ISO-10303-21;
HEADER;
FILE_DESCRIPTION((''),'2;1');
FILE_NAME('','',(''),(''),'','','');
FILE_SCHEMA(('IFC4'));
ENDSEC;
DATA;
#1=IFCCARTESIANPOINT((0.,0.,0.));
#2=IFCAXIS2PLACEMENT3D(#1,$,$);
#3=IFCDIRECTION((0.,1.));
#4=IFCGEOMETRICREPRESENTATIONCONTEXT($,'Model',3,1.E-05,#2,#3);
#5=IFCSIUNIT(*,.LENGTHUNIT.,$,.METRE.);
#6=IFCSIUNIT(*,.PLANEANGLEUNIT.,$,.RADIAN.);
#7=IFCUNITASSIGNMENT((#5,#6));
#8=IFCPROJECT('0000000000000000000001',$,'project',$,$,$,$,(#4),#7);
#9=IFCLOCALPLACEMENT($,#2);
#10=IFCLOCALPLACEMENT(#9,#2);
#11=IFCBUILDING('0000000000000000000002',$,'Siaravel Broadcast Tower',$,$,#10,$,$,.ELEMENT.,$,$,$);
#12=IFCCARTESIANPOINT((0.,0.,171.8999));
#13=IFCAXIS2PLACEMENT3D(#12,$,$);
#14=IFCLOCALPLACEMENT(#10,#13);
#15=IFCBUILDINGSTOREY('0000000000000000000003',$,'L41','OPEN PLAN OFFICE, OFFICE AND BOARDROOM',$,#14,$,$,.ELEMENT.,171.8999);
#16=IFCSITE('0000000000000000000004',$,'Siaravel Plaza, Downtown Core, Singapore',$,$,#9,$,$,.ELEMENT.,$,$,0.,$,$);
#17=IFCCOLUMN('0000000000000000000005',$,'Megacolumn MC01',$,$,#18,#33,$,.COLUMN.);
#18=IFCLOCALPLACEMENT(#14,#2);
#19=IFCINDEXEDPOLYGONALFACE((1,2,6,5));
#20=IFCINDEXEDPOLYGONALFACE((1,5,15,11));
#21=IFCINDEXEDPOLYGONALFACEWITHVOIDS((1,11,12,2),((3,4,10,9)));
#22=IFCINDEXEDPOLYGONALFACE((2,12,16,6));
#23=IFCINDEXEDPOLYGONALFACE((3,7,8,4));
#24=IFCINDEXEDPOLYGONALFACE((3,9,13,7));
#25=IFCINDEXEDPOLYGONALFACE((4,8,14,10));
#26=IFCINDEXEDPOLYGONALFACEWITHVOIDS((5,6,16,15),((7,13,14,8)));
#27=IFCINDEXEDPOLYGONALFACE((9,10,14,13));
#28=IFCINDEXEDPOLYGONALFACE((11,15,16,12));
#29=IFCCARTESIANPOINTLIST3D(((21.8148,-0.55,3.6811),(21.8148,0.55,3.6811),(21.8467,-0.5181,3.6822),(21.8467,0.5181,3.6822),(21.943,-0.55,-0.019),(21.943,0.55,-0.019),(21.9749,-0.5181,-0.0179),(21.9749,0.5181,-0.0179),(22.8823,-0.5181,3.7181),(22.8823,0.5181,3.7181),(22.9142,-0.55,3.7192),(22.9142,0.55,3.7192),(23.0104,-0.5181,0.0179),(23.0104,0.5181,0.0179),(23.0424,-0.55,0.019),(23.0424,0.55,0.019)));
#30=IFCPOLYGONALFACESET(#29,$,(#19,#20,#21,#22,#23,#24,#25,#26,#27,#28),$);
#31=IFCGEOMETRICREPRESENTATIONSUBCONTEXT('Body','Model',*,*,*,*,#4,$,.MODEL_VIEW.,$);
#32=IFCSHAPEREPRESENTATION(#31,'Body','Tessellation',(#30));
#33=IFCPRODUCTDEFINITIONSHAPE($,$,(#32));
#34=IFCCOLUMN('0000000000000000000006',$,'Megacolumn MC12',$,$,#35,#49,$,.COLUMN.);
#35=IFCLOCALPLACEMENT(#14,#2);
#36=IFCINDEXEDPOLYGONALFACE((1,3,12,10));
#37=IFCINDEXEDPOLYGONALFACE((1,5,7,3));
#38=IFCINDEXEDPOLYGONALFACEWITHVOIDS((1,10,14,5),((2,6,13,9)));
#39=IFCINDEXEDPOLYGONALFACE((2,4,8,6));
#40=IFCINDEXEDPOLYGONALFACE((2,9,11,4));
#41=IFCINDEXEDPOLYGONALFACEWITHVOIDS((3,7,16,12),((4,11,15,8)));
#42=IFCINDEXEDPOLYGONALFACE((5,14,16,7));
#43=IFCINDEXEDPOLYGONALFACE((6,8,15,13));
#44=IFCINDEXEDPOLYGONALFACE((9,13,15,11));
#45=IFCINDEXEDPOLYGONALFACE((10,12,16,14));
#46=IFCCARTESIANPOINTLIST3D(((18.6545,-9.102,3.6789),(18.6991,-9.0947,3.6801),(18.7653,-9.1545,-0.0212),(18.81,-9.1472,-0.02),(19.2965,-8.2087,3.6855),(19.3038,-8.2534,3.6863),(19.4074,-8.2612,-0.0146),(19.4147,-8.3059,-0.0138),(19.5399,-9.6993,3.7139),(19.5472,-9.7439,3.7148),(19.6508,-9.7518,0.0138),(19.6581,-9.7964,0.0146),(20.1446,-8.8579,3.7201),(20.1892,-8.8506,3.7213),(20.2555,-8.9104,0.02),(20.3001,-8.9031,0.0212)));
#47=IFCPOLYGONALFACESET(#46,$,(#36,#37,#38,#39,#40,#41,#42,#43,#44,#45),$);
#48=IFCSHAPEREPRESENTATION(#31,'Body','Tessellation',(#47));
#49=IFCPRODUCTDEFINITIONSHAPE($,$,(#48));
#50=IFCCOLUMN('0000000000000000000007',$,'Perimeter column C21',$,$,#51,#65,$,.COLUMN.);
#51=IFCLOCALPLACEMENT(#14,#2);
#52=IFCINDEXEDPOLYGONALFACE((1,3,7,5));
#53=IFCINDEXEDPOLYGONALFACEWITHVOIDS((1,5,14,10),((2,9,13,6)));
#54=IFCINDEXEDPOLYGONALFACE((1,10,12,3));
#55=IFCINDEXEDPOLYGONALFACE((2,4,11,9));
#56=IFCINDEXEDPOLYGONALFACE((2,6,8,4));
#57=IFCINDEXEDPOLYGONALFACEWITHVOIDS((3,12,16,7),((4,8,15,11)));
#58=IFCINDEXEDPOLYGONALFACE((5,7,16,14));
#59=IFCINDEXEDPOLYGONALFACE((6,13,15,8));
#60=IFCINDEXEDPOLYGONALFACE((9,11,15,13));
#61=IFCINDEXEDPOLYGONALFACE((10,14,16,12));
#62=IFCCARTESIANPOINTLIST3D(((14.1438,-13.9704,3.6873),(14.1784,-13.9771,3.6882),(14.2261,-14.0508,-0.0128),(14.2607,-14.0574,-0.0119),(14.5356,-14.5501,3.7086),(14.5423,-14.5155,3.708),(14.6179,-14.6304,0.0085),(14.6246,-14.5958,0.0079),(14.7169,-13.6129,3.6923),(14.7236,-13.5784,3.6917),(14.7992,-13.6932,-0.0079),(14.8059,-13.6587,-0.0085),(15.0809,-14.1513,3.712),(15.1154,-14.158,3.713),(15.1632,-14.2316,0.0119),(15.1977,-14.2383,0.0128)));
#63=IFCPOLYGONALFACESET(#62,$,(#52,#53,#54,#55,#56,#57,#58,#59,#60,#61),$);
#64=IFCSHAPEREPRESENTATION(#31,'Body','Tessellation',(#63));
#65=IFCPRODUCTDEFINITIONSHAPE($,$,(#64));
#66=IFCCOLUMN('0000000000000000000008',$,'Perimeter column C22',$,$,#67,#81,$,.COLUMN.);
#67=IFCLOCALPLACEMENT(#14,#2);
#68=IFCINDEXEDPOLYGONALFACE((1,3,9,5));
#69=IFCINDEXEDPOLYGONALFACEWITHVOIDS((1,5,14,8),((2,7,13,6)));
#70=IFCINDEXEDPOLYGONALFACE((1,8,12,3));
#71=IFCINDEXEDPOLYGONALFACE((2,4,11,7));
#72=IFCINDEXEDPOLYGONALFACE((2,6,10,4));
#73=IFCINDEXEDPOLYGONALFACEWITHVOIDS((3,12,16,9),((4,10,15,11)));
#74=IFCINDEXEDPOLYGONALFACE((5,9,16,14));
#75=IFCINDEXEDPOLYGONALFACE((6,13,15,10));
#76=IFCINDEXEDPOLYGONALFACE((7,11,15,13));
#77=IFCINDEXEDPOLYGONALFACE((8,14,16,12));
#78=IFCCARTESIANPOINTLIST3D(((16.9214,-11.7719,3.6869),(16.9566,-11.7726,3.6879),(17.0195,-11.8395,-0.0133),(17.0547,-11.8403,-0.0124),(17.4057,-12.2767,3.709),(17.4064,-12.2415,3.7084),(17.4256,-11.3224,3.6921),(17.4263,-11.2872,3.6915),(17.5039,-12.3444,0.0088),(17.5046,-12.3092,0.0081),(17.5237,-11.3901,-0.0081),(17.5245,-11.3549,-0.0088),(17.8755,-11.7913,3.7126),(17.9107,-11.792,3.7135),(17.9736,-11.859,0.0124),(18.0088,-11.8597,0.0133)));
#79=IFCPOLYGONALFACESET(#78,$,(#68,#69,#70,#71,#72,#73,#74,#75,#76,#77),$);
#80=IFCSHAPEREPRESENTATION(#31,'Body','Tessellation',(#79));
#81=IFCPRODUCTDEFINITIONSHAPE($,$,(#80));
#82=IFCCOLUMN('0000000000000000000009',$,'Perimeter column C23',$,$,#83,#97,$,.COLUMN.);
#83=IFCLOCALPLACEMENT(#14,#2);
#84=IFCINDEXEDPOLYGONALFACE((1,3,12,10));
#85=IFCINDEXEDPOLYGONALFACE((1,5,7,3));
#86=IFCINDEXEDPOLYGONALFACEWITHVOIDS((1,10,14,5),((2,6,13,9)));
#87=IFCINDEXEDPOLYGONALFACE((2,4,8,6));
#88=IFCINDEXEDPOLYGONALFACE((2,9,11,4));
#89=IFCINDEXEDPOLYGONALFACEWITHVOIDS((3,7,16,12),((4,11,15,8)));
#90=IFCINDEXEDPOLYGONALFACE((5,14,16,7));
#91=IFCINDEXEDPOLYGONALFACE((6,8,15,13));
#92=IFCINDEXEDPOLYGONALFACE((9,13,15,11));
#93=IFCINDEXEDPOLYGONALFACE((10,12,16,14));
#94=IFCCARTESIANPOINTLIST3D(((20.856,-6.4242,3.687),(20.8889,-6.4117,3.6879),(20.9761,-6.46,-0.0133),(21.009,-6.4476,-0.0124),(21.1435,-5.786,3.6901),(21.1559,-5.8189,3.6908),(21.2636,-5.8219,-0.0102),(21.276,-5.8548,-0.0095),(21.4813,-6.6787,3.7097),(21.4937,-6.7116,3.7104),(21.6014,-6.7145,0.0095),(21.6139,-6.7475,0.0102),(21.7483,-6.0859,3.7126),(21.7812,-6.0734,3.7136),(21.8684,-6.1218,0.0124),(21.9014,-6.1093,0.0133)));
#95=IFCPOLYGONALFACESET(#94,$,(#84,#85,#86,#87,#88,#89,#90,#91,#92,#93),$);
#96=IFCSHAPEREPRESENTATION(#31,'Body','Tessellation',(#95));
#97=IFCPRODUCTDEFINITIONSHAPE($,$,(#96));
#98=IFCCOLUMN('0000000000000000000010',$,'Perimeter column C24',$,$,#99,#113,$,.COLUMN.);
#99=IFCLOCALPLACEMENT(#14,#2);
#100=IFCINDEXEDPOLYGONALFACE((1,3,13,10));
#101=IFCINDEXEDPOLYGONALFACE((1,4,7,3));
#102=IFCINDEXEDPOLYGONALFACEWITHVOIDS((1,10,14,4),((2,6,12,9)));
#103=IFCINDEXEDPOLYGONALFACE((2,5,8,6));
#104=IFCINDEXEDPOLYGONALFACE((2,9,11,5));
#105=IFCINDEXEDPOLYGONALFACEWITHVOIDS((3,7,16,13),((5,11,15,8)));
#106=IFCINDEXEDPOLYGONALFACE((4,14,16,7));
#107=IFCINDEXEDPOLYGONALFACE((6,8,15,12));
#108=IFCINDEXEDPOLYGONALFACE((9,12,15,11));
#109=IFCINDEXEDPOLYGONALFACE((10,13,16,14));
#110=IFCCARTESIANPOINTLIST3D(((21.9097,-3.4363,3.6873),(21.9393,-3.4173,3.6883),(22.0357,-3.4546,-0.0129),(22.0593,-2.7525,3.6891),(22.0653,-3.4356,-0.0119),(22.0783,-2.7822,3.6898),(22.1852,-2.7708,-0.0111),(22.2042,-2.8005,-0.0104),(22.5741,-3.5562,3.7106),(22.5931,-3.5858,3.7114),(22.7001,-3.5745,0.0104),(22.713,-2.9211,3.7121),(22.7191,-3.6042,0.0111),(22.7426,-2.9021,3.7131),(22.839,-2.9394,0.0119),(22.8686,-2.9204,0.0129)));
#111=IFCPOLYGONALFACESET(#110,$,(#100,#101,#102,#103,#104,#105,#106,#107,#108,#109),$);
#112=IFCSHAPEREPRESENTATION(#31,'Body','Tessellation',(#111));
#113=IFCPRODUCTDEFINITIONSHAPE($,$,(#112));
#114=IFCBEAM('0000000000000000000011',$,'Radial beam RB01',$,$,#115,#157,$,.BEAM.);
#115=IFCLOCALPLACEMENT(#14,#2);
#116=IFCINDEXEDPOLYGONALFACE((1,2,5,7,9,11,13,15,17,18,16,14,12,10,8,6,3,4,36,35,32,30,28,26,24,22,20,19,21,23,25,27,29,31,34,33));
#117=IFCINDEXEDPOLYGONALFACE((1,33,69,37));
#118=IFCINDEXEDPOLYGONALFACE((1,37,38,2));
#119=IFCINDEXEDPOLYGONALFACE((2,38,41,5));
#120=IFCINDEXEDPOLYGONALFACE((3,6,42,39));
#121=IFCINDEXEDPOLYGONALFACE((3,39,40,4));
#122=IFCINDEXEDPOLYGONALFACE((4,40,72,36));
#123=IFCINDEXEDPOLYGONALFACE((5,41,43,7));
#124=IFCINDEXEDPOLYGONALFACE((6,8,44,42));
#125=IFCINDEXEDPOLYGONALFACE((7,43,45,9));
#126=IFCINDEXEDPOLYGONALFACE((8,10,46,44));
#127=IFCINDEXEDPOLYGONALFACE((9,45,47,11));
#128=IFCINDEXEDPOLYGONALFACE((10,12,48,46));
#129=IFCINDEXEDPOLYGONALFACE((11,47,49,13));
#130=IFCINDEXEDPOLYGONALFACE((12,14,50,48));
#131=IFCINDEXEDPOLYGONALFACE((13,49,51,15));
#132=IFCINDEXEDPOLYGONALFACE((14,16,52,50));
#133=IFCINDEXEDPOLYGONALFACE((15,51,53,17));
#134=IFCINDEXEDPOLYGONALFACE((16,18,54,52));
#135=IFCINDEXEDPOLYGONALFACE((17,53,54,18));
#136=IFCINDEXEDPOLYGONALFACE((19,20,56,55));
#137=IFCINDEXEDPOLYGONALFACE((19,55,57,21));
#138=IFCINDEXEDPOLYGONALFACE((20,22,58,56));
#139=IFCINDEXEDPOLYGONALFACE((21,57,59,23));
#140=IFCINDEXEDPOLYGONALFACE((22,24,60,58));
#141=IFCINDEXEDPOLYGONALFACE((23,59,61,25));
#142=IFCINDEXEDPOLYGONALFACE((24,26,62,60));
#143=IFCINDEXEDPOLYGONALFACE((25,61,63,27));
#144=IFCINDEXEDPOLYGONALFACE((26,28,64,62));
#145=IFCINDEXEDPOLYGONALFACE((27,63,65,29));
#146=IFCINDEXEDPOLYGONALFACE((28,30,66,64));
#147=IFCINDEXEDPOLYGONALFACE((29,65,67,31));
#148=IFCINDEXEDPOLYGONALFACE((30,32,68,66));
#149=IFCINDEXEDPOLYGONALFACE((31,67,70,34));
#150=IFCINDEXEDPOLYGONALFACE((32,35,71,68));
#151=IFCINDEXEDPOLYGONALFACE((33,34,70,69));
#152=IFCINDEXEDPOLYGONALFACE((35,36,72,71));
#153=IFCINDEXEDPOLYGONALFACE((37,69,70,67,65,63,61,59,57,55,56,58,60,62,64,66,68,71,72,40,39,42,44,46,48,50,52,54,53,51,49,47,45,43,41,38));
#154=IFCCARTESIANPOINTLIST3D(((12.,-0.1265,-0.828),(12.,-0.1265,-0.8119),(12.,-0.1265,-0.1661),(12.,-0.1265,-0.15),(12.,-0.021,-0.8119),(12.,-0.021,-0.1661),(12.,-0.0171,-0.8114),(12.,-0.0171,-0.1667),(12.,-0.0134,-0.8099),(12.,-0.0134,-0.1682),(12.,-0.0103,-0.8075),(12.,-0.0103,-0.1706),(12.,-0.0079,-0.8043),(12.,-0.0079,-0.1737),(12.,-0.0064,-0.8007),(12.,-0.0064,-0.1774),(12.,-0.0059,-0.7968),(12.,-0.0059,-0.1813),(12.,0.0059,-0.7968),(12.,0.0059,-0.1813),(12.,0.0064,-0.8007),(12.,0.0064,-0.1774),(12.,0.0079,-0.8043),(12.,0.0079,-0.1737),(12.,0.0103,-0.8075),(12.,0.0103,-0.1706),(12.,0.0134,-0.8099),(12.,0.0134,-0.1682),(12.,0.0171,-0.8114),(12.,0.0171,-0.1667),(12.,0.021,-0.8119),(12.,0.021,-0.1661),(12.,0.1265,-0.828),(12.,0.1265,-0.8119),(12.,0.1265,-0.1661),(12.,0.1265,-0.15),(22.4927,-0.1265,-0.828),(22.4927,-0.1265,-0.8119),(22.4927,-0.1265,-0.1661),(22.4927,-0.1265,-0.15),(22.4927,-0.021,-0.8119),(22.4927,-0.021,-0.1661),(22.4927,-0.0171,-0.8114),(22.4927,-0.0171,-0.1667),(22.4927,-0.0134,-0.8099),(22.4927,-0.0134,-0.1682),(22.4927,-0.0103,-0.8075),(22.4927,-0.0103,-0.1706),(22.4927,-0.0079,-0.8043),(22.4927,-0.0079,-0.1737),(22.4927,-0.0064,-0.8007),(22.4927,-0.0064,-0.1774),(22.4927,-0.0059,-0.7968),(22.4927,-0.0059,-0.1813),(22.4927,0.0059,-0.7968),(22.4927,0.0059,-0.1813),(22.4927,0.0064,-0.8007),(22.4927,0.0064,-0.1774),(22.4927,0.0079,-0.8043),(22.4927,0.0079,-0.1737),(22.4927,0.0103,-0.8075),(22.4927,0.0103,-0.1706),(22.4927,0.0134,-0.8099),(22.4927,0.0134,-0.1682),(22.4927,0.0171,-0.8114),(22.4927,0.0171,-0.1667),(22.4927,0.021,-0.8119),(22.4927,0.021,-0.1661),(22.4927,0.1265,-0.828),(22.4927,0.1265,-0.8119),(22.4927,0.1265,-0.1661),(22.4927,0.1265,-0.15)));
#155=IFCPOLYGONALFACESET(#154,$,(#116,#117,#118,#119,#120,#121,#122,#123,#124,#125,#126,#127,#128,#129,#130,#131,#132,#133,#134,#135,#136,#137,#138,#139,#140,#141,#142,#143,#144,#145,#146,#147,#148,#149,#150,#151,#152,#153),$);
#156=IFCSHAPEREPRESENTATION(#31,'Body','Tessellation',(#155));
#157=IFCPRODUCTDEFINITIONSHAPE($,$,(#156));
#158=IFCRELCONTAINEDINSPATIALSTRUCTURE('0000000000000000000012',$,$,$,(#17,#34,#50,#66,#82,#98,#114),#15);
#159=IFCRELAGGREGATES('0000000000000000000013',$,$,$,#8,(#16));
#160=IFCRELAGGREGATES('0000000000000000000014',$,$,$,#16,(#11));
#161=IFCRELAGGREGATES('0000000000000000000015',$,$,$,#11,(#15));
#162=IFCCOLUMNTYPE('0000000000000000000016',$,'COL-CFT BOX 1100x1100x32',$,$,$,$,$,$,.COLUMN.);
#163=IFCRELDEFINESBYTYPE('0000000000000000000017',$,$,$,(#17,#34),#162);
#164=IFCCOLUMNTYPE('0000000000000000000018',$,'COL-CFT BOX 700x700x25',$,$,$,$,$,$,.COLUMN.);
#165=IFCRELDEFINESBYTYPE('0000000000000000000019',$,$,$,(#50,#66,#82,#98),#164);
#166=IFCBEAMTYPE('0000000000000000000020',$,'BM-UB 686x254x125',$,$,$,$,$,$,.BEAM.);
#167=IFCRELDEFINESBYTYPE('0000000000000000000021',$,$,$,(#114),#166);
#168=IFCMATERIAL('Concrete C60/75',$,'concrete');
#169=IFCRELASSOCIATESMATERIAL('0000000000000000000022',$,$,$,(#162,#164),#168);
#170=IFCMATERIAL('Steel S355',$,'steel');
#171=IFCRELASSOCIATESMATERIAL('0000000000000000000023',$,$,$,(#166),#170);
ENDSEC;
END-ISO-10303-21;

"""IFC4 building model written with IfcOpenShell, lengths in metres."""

from ifc_helpers import new_model, si_unit, direction, frame, origin, origin_2d, place, context, subcontext, project, spatial, hollow_rectangle, i_section, extrude, material, material_profile, profile_set, type_object, element, save


model = new_model("IFC4")

# Units and contexts
model_context = context("Model", 3, precision=1e-05, world=origin(), true_north=direction((0.0, 1.0)))
body_context = subcontext(model_context, "Body", "Model", "MODEL_VIEW")
ifc_project = project(units=[si_unit("LENGTHUNIT", "METRE"), si_unit("PLANEANGLEUNIT", "RADIAN")], contexts=[model_context])

# Site, building, storey
site_placement = place(None, origin())
site = spatial("IfcSite", under=ifc_project, at=site_placement, Name="Siaravel Plaza, Downtown Core, Singapore", CompositionType="ELEMENT", RefElevation=0.0)
building_placement = place(site_placement, origin())
building = spatial("IfcBuilding", under=site, at=building_placement, Name="Siaravel Broadcast Tower", CompositionType="ELEMENT")
storey_placement = place(building_placement, frame((0.0, 0.0, 171.8999)))
storey = spatial("IfcBuildingStorey", under=building, at=storey_placement, Name="L41", Description="OPEN PLAN OFFICE, OFFICE AND BOARDROOM", CompositionType="ELEMENT", Elevation=171.8999)

# Columns
ifc_material_1 = material(Name="Concrete C60/75", Category="concrete")
ifc_material_profile_1 = material_profile(ifc_material_1, hollow_rectangle(XDim=1.1001, YDim=1.1001, WallThickness=0.032, at=origin_2d()))
ifc_profile_set_1 = profile_set([ifc_material_profile_1], Name="Concrete C60/75")
column_type_1 = type_object("IfcColumnType", Name="COL-CFT BOX 1100x1100x32", PredefinedType="COLUMN", material=ifc_profile_set_1)
column_1_placement = place(storey_placement, frame((22.4927, 0.0, 0.0), z_axis=(-0.034619, 0.0, 0.999401), x_axis=(0.0, -1.0, 0.0)))
element("IfcColumn", 1, at=column_1_placement, inside=storey, type_object=column_type_1, Name="Megacolumn MC01", PredefinedType="COLUMN", context=body_context, shape_type="SweptSolid", body=[
    extrude(hollow_rectangle(XDim=1.1001, YDim=1.1001, WallThickness=0.032, at=origin_2d()), origin(), (0.0, 0.0, 1.0), 3.7024),
])
column_2_placement = place(storey_placement, frame((19.5327, -9.0288, 0.0), z_axis=(-0.029939, 0.014178, 0.999451), x_axis=(-0.583604, -0.812016, -0.005963)))
element("IfcColumn", 2, at=column_2_placement, inside=storey, type_object=column_type_1, Name="Megacolumn MC12", PredefinedType="COLUMN", context=body_context, shape_type="SweptSolid", body=[
    extrude(hollow_rectangle(XDim=1.1001, YDim=1.1001, WallThickness=0.032, at=origin_2d()), origin(), (0.0, 0.0, 1.0), 3.7021),
])
ifc_material_profile_2 = material_profile(ifc_material_1, hollow_rectangle(XDim=0.7, YDim=0.7, WallThickness=0.0249, at=origin_2d()))
ifc_profile_set_2 = profile_set([ifc_material_profile_2], Name="Concrete C60/75")
column_type_2 = type_object("IfcColumnType", Name="COL-CFT BOX 700x700x25", PredefinedType="COLUMN", material=ifc_profile_set_2)
column_3_placement = place(storey_placement, frame((14.7119, -14.1445, 0.0), z_axis=(-0.022225, 0.021697, 0.999518), x_axis=(-0.828351, -0.560175, -0.006259)))
element("IfcColumn", 3, at=column_3_placement, inside=storey, type_object=column_type_2, Name="Perimeter column C21", PredefinedType="COLUMN", context=body_context, shape_type="SweptSolid", body=[
    extrude(hollow_rectangle(XDim=0.7, YDim=0.7, WallThickness=0.0249, at=origin_2d()), origin(), (0.0, 0.0, 1.0), 3.7019),
])
column_4_placement = place(storey_placement, frame((17.5142, -11.8496, 0.0), z_axis=(-0.02651, 0.018267, 0.999482), x_axis=(-0.72142, -0.692467, -0.006479)))
element("IfcColumn", 4, at=column_4_placement, inside=storey, type_object=column_type_2, Name="Perimeter column C22", PredefinedType="COLUMN", context=body_context, shape_type="SweptSolid", body=[
    extrude(hollow_rectangle(XDim=0.7, YDim=0.7, WallThickness=0.0249, at=origin_2d()), origin(), (0.0, 0.0, 1.0), 3.7021),
])
for number, where, z_axis, x_axis, name in (
    (5, (21.4387, -6.2847, 0.0), (-0.032444, 0.009694, 0.999427), (-0.410727, -0.911747, -0.00449), "Perimeter column C23"),
    (6, (22.4521, -3.1875, 0.0), (-0.034026, 0.004946, 0.999409), (-0.213653, -0.976907, -0.00244), "Perimeter column C24"),
):
    element("IfcColumn", number, at=place(storey_placement, frame(where, z_axis=z_axis, x_axis=x_axis)), inside=storey, type_object=column_type_2, Name=name, PredefinedType="COLUMN", context=body_context, shape_type="SweptSolid", body=[
        extrude(hollow_rectangle(XDim=0.7, YDim=0.7, WallThickness=0.0249, at=origin_2d()), origin(), (0.0, 0.0, 1.0), 3.7024),
    ])

# Beam
ifc_material_2 = material(Name="Steel S355", Category="steel")
ifc_material_profile_3 = material_profile(ifc_material_2, i_section(OverallWidth=0.2529, OverallDepth=0.678, WebThickness=0.0117, FlangeThickness=0.0161, FilletRadius=0.0151, at=origin_2d()))
ifc_profile_set_3 = profile_set([ifc_material_profile_3], Name="Steel S355")
beam_type = type_object("IfcBeamType", Name="BM-UB 686x254x125", PredefinedType="BEAM", material=ifc_profile_set_3)
beam_1_placement = place(storey_placement, frame((22.4927, 0.0, -0.489), z_axis=(-1.0, 0.0, 0.0), x_axis=(0.0, -1.0, 0.0)))
element("IfcBeam", 7, at=beam_1_placement, inside=storey, type_object=beam_type, Name="Radial beam RB01", PredefinedType="BEAM", context=body_context, shape_type="SweptSolid", body=[
    extrude(i_section(OverallWidth=0.2529, OverallDepth=0.678, WebThickness=0.0117, FlangeThickness=0.0161, FilletRadius=0.0151, at=origin_2d()), origin(), (0.0, 0.0, 1.0), 10.4927),
])

save(model, "model.ifc")
